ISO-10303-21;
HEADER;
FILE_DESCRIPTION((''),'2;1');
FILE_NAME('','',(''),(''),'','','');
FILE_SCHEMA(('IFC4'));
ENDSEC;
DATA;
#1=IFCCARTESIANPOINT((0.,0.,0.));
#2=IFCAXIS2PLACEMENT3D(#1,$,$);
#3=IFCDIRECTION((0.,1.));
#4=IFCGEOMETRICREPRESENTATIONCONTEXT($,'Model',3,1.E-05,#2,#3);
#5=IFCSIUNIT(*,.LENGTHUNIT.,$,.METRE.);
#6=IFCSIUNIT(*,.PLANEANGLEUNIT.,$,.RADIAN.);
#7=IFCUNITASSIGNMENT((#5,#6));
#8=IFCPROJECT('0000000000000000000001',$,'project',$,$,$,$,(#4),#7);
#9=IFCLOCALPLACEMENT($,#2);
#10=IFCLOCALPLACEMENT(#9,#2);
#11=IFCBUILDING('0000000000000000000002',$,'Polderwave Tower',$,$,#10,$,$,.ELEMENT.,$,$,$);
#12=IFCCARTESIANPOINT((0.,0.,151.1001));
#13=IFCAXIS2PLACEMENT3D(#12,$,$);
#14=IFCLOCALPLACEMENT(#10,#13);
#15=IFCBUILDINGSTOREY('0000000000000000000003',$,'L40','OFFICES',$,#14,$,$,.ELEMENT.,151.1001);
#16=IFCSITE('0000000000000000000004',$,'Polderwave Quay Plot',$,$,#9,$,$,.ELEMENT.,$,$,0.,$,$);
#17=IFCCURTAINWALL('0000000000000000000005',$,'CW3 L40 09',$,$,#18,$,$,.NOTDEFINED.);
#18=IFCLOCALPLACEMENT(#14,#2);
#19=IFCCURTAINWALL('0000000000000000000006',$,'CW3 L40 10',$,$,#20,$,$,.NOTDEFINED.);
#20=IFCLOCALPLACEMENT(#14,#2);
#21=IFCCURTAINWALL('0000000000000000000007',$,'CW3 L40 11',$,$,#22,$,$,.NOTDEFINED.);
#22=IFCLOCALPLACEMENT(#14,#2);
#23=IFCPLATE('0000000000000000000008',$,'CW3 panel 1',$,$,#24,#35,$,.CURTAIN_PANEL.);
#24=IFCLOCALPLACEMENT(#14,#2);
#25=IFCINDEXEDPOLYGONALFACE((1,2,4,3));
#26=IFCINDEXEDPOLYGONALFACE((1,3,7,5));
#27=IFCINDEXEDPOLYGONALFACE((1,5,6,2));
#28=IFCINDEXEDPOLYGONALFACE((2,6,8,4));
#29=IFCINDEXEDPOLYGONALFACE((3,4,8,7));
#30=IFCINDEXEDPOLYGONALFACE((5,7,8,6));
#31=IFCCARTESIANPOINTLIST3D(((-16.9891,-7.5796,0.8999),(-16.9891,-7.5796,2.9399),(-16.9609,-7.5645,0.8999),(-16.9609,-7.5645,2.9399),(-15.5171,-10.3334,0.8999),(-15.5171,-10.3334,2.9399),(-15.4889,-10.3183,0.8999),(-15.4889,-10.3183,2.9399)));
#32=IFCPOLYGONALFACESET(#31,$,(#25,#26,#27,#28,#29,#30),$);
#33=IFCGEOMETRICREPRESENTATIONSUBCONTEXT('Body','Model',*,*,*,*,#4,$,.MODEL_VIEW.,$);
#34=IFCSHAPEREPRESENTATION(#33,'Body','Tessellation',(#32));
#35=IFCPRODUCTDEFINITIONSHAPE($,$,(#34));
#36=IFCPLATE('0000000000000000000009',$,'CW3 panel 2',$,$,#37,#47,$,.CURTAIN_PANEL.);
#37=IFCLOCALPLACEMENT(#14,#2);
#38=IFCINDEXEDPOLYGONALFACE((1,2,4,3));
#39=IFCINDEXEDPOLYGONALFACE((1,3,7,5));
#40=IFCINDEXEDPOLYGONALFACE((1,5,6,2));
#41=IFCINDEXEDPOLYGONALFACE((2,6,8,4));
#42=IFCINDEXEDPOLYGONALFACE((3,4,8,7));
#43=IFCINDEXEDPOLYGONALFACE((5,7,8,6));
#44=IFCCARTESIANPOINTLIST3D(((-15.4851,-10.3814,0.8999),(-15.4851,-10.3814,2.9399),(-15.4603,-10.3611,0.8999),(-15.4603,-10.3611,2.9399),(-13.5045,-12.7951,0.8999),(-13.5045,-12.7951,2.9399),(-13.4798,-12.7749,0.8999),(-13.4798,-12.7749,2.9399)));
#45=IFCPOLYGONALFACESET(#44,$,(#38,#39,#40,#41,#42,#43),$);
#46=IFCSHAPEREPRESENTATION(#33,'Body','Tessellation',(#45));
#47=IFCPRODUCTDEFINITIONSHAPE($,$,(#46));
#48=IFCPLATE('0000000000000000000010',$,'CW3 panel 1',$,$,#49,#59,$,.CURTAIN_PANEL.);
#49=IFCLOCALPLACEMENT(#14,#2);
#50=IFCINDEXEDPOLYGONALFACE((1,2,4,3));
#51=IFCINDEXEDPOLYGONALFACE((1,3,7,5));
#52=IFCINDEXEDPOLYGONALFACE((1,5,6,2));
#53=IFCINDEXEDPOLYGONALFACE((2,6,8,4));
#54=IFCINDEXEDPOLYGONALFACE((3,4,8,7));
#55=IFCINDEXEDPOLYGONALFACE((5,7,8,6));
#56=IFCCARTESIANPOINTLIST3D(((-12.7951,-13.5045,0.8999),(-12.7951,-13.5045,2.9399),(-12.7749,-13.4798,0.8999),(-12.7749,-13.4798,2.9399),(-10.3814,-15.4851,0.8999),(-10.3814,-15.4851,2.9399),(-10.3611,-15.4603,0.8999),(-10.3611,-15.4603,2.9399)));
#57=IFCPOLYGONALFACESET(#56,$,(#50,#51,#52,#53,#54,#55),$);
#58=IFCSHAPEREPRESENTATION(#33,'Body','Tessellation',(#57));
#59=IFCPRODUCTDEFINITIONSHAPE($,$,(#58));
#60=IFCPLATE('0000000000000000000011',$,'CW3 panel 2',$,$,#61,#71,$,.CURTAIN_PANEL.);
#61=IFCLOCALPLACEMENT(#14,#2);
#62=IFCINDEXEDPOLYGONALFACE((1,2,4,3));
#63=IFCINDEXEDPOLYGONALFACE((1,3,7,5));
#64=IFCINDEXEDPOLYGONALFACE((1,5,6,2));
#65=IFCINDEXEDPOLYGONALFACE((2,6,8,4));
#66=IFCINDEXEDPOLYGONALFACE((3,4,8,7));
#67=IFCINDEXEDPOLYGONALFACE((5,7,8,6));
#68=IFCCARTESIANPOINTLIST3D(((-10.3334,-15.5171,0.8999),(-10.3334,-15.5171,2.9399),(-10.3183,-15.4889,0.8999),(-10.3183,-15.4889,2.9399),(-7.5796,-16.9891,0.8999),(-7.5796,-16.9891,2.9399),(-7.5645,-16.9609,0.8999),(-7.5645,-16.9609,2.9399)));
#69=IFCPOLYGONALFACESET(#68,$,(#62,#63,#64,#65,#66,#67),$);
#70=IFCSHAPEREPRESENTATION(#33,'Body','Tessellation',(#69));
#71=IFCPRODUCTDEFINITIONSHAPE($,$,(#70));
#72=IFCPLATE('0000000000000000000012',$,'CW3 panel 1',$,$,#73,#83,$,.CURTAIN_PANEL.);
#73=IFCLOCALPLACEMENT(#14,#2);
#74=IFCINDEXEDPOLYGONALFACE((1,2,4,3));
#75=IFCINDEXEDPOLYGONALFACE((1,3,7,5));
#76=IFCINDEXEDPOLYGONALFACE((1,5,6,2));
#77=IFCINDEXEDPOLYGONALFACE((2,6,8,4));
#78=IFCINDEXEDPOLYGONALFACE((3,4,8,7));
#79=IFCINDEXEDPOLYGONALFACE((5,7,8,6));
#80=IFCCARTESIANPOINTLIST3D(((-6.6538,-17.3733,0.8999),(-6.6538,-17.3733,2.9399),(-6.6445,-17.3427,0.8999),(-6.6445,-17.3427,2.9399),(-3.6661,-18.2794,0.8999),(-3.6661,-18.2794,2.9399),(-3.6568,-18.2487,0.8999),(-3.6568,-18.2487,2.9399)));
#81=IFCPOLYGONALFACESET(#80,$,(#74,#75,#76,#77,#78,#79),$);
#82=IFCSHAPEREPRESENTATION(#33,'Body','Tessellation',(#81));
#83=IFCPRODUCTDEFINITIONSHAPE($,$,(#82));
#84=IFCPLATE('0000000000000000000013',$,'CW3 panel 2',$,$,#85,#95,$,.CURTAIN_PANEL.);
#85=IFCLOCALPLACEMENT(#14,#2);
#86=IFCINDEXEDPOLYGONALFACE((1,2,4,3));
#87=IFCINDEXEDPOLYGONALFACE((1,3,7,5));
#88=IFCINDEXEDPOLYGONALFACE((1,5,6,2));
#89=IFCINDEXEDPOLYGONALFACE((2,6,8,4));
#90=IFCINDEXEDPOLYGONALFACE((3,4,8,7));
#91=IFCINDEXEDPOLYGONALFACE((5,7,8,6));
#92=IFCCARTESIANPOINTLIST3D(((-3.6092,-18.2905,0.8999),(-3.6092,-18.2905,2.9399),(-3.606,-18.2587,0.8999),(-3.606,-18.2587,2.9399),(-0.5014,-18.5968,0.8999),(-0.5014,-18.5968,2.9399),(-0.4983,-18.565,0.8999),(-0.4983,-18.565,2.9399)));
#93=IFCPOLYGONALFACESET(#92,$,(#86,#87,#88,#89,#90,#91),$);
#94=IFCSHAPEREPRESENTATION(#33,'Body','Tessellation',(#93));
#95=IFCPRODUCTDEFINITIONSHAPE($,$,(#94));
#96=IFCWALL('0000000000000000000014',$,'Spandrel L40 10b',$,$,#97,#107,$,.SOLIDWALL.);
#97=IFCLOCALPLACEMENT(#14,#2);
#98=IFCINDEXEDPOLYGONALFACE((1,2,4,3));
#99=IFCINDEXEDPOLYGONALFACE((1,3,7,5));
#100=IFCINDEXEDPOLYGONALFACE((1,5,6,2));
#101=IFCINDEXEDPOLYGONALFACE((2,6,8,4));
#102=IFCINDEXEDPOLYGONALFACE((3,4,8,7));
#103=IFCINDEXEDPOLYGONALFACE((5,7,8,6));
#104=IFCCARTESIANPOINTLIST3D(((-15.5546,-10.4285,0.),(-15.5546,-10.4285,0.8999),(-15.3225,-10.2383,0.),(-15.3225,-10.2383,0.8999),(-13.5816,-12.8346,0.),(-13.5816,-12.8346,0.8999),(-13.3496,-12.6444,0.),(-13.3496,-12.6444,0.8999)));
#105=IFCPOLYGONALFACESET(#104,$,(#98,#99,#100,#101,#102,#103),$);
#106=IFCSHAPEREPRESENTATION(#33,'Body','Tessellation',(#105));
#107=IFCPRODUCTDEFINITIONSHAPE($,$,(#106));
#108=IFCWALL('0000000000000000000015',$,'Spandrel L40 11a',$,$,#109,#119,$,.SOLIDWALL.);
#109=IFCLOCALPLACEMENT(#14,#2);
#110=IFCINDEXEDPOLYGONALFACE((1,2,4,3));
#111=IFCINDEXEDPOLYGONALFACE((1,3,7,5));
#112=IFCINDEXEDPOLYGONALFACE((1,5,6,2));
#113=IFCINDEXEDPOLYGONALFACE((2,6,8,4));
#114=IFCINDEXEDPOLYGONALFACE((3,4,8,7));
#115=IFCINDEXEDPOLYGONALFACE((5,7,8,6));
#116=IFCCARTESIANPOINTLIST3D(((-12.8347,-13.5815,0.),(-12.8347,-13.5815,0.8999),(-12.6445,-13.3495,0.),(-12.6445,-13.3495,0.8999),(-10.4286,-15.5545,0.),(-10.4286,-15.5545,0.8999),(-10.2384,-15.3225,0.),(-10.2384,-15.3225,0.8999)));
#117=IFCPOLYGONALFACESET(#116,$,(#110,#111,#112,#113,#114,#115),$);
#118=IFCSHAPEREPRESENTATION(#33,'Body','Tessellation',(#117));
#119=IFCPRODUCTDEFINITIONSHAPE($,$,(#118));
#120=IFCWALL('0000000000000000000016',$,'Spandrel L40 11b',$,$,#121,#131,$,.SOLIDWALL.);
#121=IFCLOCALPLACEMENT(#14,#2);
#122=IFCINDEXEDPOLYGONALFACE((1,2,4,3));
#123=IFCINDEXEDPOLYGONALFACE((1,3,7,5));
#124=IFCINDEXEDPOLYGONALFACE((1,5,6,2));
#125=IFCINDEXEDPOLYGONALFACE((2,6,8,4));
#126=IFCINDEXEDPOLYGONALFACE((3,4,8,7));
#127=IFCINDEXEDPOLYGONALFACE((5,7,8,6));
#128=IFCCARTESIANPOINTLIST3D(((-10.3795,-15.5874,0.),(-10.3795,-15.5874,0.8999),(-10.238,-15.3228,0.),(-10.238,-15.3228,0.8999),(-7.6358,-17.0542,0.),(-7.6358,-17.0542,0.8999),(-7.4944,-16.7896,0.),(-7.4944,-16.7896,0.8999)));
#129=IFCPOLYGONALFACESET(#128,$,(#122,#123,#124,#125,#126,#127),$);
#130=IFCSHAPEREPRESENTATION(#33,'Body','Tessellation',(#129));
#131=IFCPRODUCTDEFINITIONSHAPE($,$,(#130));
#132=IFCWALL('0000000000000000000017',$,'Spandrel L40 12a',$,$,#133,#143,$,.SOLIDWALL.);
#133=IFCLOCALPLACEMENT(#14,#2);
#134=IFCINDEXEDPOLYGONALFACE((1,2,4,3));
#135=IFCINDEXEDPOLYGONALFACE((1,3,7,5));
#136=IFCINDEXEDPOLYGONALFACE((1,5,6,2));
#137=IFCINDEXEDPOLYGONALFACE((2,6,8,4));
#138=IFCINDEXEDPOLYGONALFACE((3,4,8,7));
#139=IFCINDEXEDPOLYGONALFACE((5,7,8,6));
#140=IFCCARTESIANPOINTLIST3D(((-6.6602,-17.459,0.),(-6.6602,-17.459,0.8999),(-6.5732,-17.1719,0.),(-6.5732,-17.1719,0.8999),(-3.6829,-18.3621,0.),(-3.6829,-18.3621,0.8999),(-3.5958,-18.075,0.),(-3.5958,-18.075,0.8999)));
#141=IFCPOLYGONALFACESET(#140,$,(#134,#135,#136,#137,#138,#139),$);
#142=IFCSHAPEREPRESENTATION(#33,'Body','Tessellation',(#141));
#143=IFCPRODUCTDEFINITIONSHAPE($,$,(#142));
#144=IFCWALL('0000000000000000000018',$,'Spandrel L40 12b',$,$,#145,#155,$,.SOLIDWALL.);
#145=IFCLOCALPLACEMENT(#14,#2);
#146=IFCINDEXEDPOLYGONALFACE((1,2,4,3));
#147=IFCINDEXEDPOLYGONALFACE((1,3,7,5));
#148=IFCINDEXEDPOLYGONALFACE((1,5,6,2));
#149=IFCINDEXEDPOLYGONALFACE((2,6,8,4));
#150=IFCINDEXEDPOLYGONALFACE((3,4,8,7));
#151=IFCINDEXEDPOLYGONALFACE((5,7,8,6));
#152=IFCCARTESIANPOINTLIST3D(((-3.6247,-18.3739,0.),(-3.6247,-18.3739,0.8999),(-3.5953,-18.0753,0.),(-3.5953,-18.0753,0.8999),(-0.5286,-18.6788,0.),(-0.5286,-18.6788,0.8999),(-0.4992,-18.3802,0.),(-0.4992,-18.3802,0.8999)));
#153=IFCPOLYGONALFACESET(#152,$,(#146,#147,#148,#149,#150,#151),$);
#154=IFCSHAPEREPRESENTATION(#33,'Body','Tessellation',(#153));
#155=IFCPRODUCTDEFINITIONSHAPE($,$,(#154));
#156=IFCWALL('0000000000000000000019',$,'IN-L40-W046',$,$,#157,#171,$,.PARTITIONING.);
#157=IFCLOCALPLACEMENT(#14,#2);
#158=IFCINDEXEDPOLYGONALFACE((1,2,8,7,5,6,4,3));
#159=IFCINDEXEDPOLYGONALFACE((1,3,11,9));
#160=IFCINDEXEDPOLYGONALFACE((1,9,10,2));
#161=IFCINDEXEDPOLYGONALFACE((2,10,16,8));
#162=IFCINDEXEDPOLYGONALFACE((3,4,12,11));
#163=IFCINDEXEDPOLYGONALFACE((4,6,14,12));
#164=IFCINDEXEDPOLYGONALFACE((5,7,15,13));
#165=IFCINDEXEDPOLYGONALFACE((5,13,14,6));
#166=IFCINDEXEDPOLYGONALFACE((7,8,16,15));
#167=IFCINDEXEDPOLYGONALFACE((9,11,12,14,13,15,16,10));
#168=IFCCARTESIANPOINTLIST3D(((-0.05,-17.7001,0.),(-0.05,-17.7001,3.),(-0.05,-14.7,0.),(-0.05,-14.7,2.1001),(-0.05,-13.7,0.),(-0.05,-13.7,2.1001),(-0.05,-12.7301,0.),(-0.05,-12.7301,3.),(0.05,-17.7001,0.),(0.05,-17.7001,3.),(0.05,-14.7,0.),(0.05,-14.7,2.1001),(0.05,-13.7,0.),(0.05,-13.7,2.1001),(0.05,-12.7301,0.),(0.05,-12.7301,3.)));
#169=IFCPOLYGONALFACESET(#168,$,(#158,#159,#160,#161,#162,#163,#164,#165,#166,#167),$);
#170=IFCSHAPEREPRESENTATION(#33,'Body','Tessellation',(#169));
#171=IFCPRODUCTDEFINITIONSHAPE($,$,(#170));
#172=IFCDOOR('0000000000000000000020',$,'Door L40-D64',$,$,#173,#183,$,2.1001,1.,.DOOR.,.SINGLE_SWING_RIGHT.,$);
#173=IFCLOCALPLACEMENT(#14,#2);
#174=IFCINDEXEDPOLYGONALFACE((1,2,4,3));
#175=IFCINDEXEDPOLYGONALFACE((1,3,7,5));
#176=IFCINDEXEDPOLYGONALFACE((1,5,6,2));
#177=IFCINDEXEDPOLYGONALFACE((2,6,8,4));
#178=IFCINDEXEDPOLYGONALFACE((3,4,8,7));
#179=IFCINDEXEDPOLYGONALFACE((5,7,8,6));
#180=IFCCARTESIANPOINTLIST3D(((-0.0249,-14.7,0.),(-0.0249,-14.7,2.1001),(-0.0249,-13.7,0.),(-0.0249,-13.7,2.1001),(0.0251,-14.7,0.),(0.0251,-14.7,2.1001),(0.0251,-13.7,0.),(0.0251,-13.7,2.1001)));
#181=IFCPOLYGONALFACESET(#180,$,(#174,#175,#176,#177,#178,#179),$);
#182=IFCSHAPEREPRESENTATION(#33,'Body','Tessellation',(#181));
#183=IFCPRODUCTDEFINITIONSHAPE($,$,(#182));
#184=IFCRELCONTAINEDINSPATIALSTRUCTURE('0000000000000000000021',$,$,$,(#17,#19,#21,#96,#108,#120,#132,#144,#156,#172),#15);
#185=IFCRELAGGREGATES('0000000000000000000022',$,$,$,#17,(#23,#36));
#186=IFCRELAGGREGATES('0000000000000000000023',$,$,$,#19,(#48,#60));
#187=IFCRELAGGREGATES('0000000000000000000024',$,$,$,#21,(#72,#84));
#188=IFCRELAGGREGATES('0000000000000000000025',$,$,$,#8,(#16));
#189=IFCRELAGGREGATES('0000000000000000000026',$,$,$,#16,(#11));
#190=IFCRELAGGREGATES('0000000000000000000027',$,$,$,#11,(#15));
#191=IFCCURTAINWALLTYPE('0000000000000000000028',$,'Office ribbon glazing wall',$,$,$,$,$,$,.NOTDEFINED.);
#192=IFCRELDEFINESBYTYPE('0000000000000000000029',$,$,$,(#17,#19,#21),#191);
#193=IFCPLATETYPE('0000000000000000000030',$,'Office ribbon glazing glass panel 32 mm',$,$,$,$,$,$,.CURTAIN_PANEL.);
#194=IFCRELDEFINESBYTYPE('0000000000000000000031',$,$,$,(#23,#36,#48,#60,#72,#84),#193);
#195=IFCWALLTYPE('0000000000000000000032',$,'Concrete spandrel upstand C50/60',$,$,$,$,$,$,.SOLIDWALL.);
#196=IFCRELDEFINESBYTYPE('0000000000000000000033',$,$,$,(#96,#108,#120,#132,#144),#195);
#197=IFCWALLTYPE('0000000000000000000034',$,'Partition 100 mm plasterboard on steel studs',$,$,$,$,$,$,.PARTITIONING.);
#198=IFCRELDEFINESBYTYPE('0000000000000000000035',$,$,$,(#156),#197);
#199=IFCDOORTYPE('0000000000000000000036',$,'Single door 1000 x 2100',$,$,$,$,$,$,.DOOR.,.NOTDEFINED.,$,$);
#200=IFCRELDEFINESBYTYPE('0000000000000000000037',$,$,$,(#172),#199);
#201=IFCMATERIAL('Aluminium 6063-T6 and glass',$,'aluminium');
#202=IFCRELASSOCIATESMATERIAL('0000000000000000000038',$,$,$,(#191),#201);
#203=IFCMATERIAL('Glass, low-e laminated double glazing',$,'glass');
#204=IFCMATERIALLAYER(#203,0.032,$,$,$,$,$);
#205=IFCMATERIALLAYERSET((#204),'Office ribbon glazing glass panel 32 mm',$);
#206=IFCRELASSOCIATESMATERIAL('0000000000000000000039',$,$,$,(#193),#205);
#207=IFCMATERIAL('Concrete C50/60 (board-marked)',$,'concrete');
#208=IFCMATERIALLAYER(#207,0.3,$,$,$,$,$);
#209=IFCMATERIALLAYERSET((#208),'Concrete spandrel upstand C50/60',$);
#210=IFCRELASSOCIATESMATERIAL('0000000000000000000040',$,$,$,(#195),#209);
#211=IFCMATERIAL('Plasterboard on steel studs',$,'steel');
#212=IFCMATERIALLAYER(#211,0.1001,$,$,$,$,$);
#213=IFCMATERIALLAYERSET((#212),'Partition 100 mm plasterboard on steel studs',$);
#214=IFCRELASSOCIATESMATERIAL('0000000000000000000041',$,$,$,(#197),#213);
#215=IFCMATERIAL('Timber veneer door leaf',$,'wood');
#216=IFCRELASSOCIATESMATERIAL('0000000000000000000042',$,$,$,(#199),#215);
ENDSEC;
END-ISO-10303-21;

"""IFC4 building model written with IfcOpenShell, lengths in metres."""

from ifc_helpers import new_model, si_unit, direction, frame, frame_2d, origin, origin_2d, place, context, subcontext, project, spatial, rectangle, extrude, material, layer, layer_set, type_object, element, fill, aggregate, save


model = new_model("IFC4")

# Units and contexts
model_context = context("Model", 3, precision=1e-05, world=origin(), true_north=direction((0.0, 1.0)))
body_context = subcontext(model_context, "Body", "Model", "MODEL_VIEW")
ifc_project = project(units=[si_unit("LENGTHUNIT", "METRE"), si_unit("PLANEANGLEUNIT", "RADIAN")], contexts=[model_context])

# Site, building, storey
site_placement = place(None, origin())
site = spatial("IfcSite", under=ifc_project, at=site_placement, Name="Polderwave Quay Plot", CompositionType="ELEMENT", RefElevation=0.0)
building_placement = place(site_placement, origin())
building = spatial("IfcBuilding", under=site, at=building_placement, Name="Polderwave Tower", CompositionType="ELEMENT")
storey_placement = place(building_placement, frame((0.0, 0.0, 151.1001)))
storey = spatial("IfcBuildingStorey", under=building, at=storey_placement, Name="L40", Description="OFFICES", CompositionType="ELEMENT", Elevation=151.1001)

# Curtain walls
ifc_material_1 = material(Name="Aluminium 6063-T6 and glass", Category="aluminium")
curtain_wall_type = type_object("IfcCurtainWallType", Name="Office ribbon glazing wall", PredefinedType="NOTDEFINED", material=ifc_material_1)
curtain_wall_1_placement = place(storey_placement, origin())
curtain_wall_1 = element("IfcCurtainWall", 1, at=curtain_wall_1_placement, inside=storey, type_object=curtain_wall_type, Name="CW3 L40 09", PredefinedType="NOTDEFINED")
curtain_wall_2_placement = place(storey_placement, origin())
curtain_wall_2 = element("IfcCurtainWall", 2, at=curtain_wall_2_placement, inside=storey, type_object=curtain_wall_type, Name="CW3 L40 10", PredefinedType="NOTDEFINED")
curtain_wall_3_placement = place(storey_placement, origin())
curtain_wall_3 = element("IfcCurtainWall", 3, at=curtain_wall_3_placement, inside=storey, type_object=curtain_wall_type, Name="CW3 L40 11", PredefinedType="NOTDEFINED")

# Plates
ifc_material_2 = material(Name="Glass, low-e laminated double glazing", Category="glass")
ifc_layer_1 = layer(ifc_material_2, 0.032)
ifc_layer_set_1 = layer_set([ifc_layer_1], Name="Office ribbon glazing glass panel 32 mm")
plate_type = type_object("IfcPlateType", Name="Office ribbon glazing glass panel 32 mm", PredefinedType="CURTAIN_PANEL", material=ifc_layer_set_1)
plate_1_placement = place(storey_placement, frame((-16.239, -8.949, 0.8999), z_axis=(0.0, 0.0, 1.0), x_axis=(0.471429, -0.881904, 0.0)))
plate_1 = element("IfcPlate", 4, at=plate_1_placement, type_object=plate_type, Name="CW3 panel 1", PredefinedType="CURTAIN_PANEL", context=body_context, shape_type="SweptSolid", body=[
    extrude(rectangle(XDim=3.1226, YDim=0.032, at=origin_2d()), origin(), (0.0, 0.0, 1.0), 2.04),
])
plate_2_placement = place(storey_placement, frame((-14.4824, -11.5781, 0.8999), z_axis=(0.0, 0.0, 1.0), x_axis=(0.634326, -0.773066, 0.0)))
plate_2 = element("IfcPlate", 5, at=plate_2_placement, type_object=plate_type, Name="CW3 panel 2", PredefinedType="CURTAIN_PANEL", context=body_context, shape_type="SweptSolid", body=[
    extrude(rectangle(XDim=3.1223, YDim=0.032, at=origin_2d()), origin(), (0.0, 0.0, 1.0), 2.04),
])
aggregate(curtain_wall_1, [plate_1, plate_2])
plate_3_placement = place(storey_placement, frame((-11.5781, -14.4824, 0.8999), z_axis=(0.0, 0.0, 1.0), x_axis=(0.773066, -0.634326, 0.0)))
plate_3 = element("IfcPlate", 6, at=plate_3_placement, type_object=plate_type, Name="CW3 panel 1", PredefinedType="CURTAIN_PANEL", context=body_context, shape_type="SweptSolid", body=[
    extrude(rectangle(XDim=3.1223, YDim=0.032, at=origin_2d()), origin(), (0.0, 0.0, 1.0), 2.04),
])
plate_4_placement = place(storey_placement, frame((-8.949, -16.239, 0.8999), z_axis=(0.0, 0.0, 1.0), x_axis=(0.881904, -0.471429, 0.0)))
plate_4 = element("IfcPlate", 7, at=plate_4_placement, type_object=plate_type, Name="CW3 panel 2", PredefinedType="CURTAIN_PANEL", context=body_context, shape_type="SweptSolid", body=[
    extrude(rectangle(XDim=3.1226, YDim=0.032, at=origin_2d()), origin(), (0.0, 0.0, 1.0), 2.04),
])
aggregate(curtain_wall_2, [plate_3, plate_4])
plate_5_placement = place(storey_placement, frame((-5.1553, -17.811, 0.8999), z_axis=(0.0, 0.0, 1.0), x_axis=(0.956966, -0.290201, 0.0)))
plate_5 = element("IfcPlate", 8, at=plate_5_placement, type_object=plate_type, Name="CW3 panel 1", PredefinedType="CURTAIN_PANEL", context=body_context, shape_type="SweptSolid", body=[
    extrude(rectangle(XDim=3.1221, YDim=0.032, at=origin_2d()), origin(), (0.0, 0.0, 1.0), 2.04),
])
plate_6_placement = place(storey_placement, frame((-2.0537, -18.4277, 0.8999), z_axis=(0.0, 0.0, 1.0), x_axis=(0.995178, -0.09809, 0.0)))
plate_6 = element("IfcPlate", 9, at=plate_6_placement, type_object=plate_type, Name="CW3 panel 2", PredefinedType="CURTAIN_PANEL", context=body_context, shape_type="SweptSolid", body=[
    extrude(rectangle(XDim=3.1228, YDim=0.032, at=origin_2d()), origin(), (0.0, 0.0, 1.0), 2.04),
])
aggregate(curtain_wall_3, [plate_5, plate_6])

# Walls
ifc_material_3 = material(Name="Concrete C50/60 (board-marked)", Category="concrete")
ifc_layer_2 = layer(ifc_material_3, 0.3)
ifc_layer_set_2 = layer_set([ifc_layer_2], Name="Concrete spandrel upstand C50/60")
wall_type_1 = type_object("IfcWallType", Name="Concrete spandrel upstand C50/60", PredefinedType="SOLIDWALL", material=ifc_layer_set_2)
for number, where, z_axis, x_axis, name in (
    (10, (-15.4385, -10.3335, 0.0), (0.0, 0.0, 1.0), (0.634075, -0.773272, 0.0), "Spandrel L40 10b"),
    (11, (-12.7395, -13.4656, 0.0), (0.0, 0.0, 1.0), (0.773272, -0.634075, 0.0), "Spandrel L40 11a"),
):
    element("IfcWall", number, at=place(storey_placement, frame(where, z_axis=z_axis, x_axis=x_axis)), inside=storey, type_object=wall_type_1, Name=name, PredefinedType="SOLIDWALL", context=body_context, shape_type="SweptSolid", body=[
        extrude(rectangle(XDim=3.1116, YDim=0.3, at=frame_2d((1.5557, 0.0))), origin(), (0.0, 0.0, 1.0), 0.8999),
    ])
wall_1_placement = place(storey_placement, frame((-10.3088, -15.4551, 0.0), z_axis=(0.0, 0.0, 1.0), x_axis=(0.881883, -0.471468, 0.0)))
element("IfcWall", 12, at=wall_1_placement, inside=storey, type_object=wall_type_1, Name="Spandrel L40 11b", PredefinedType="SOLIDWALL", context=body_context, shape_type="SweptSolid", body=[
    extrude(rectangle(XDim=3.1111, YDim=0.3, at=frame_2d((1.5557, 0.0))), origin(), (0.0, 0.0, 1.0), 0.8999),
])
wall_2_placement = place(storey_placement, frame((-6.6167, -17.3154, 0.0), z_axis=(0.0, 0.0, 1.0), x_axis=(0.956947, -0.290262, 0.0)))
element("IfcWall", 13, at=wall_2_placement, inside=storey, type_object=wall_type_1, Name="Spandrel L40 12a", PredefinedType="SOLIDWALL", context=body_context, shape_type="SweptSolid", body=[
    extrude(rectangle(XDim=3.1113, YDim=0.3, at=frame_2d((1.5557, 0.0))), origin(), (0.0, 0.0, 1.0), 0.8999),
])
wall_3_placement = place(storey_placement, frame((-3.6101, -18.2246, 0.0), z_axis=(0.0, 0.0, 1.0), x_axis=(0.995185, -0.098012, 0.0)))
element("IfcWall", 14, at=wall_3_placement, inside=storey, type_object=wall_type_1, Name="Spandrel L40 12b", PredefinedType="SOLIDWALL", context=body_context, shape_type="SweptSolid", body=[
    extrude(rectangle(XDim=3.1111, YDim=0.3, at=frame_2d((1.5557, 0.0))), origin(), (0.0, 0.0, 1.0), 0.8999),
])

# Wall, opening, door
ifc_material_4 = material(Name="Plasterboard on steel studs", Category="steel")
ifc_layer_3 = layer(ifc_material_4, 0.1001)
ifc_layer_set_3 = layer_set([ifc_layer_3], Name="Partition 100 mm plasterboard on steel studs")
wall_type_2 = type_object("IfcWallType", Name="Partition 100 mm plasterboard on steel studs", PredefinedType="PARTITIONING", material=ifc_layer_set_3)
wall_4_placement = place(storey_placement, frame((0.0, -17.7, 0.0), z_axis=(0.0, 0.0, 1.0), x_axis=(0.0, 1.0, 0.0)))
wall_4 = element("IfcWall", 15, at=wall_4_placement, inside=storey, type_object=wall_type_2, Name="IN-L40-W046", PredefinedType="PARTITIONING", context=body_context, shape_type="SweptSolid", body=[
    extrude(rectangle(XDim=4.97, YDim=0.1001, at=frame_2d((2.4849, 0.0))), origin(), (0.0, 0.0, 1.0), 3.0),
])
opening_1_placement = place(wall_4_placement, frame((3.0, 0.0, 0.0)))
opening_1 = element("IfcOpeningElement", 16, at=opening_1_placement, cuts=wall_4, PredefinedType="OPENING", context=body_context, shape_type="SweptSolid", body=[
    extrude(rectangle(XDim=1.0, YDim=2.1001, at=frame_2d((0.5, 1.05))), frame((0.0, 0.0601, 0.0), z_axis=(0.0, -1.0, 0.0), x_axis=(1.0, 0.0, 0.0)), (0.0, 0.0, 1.0), 0.1201),
])
ifc_material_5 = material(Name="Timber veneer door leaf", Category="wood")
door_type = type_object("IfcDoorType", Name="Single door 1000 x 2100", OperationType="NOTDEFINED", PredefinedType="DOOR", material=ifc_material_5)
door_1_placement = place(opening_1_placement, origin())
door_1 = element("IfcDoor", 17, at=door_1_placement, inside=storey, type_object=door_type, Name="Door L40-D64", OperationType="SINGLE_SWING_RIGHT", OverallHeight=2.1001, OverallWidth=1.0, PredefinedType="DOOR", context=body_context, shape_type="SweptSolid", body=[
    extrude(rectangle(XDim=1.0, YDim=2.1001, at=frame_2d((0.5, 1.05))), frame((0.0, 0.0249, 0.0), z_axis=(0.0, -1.0, 0.0), x_axis=(1.0, 0.0, 0.0)), (0.0, 0.0, 1.0), 0.05),
])
fill(opening_1, door_1)

save(model, "model.ifc")
